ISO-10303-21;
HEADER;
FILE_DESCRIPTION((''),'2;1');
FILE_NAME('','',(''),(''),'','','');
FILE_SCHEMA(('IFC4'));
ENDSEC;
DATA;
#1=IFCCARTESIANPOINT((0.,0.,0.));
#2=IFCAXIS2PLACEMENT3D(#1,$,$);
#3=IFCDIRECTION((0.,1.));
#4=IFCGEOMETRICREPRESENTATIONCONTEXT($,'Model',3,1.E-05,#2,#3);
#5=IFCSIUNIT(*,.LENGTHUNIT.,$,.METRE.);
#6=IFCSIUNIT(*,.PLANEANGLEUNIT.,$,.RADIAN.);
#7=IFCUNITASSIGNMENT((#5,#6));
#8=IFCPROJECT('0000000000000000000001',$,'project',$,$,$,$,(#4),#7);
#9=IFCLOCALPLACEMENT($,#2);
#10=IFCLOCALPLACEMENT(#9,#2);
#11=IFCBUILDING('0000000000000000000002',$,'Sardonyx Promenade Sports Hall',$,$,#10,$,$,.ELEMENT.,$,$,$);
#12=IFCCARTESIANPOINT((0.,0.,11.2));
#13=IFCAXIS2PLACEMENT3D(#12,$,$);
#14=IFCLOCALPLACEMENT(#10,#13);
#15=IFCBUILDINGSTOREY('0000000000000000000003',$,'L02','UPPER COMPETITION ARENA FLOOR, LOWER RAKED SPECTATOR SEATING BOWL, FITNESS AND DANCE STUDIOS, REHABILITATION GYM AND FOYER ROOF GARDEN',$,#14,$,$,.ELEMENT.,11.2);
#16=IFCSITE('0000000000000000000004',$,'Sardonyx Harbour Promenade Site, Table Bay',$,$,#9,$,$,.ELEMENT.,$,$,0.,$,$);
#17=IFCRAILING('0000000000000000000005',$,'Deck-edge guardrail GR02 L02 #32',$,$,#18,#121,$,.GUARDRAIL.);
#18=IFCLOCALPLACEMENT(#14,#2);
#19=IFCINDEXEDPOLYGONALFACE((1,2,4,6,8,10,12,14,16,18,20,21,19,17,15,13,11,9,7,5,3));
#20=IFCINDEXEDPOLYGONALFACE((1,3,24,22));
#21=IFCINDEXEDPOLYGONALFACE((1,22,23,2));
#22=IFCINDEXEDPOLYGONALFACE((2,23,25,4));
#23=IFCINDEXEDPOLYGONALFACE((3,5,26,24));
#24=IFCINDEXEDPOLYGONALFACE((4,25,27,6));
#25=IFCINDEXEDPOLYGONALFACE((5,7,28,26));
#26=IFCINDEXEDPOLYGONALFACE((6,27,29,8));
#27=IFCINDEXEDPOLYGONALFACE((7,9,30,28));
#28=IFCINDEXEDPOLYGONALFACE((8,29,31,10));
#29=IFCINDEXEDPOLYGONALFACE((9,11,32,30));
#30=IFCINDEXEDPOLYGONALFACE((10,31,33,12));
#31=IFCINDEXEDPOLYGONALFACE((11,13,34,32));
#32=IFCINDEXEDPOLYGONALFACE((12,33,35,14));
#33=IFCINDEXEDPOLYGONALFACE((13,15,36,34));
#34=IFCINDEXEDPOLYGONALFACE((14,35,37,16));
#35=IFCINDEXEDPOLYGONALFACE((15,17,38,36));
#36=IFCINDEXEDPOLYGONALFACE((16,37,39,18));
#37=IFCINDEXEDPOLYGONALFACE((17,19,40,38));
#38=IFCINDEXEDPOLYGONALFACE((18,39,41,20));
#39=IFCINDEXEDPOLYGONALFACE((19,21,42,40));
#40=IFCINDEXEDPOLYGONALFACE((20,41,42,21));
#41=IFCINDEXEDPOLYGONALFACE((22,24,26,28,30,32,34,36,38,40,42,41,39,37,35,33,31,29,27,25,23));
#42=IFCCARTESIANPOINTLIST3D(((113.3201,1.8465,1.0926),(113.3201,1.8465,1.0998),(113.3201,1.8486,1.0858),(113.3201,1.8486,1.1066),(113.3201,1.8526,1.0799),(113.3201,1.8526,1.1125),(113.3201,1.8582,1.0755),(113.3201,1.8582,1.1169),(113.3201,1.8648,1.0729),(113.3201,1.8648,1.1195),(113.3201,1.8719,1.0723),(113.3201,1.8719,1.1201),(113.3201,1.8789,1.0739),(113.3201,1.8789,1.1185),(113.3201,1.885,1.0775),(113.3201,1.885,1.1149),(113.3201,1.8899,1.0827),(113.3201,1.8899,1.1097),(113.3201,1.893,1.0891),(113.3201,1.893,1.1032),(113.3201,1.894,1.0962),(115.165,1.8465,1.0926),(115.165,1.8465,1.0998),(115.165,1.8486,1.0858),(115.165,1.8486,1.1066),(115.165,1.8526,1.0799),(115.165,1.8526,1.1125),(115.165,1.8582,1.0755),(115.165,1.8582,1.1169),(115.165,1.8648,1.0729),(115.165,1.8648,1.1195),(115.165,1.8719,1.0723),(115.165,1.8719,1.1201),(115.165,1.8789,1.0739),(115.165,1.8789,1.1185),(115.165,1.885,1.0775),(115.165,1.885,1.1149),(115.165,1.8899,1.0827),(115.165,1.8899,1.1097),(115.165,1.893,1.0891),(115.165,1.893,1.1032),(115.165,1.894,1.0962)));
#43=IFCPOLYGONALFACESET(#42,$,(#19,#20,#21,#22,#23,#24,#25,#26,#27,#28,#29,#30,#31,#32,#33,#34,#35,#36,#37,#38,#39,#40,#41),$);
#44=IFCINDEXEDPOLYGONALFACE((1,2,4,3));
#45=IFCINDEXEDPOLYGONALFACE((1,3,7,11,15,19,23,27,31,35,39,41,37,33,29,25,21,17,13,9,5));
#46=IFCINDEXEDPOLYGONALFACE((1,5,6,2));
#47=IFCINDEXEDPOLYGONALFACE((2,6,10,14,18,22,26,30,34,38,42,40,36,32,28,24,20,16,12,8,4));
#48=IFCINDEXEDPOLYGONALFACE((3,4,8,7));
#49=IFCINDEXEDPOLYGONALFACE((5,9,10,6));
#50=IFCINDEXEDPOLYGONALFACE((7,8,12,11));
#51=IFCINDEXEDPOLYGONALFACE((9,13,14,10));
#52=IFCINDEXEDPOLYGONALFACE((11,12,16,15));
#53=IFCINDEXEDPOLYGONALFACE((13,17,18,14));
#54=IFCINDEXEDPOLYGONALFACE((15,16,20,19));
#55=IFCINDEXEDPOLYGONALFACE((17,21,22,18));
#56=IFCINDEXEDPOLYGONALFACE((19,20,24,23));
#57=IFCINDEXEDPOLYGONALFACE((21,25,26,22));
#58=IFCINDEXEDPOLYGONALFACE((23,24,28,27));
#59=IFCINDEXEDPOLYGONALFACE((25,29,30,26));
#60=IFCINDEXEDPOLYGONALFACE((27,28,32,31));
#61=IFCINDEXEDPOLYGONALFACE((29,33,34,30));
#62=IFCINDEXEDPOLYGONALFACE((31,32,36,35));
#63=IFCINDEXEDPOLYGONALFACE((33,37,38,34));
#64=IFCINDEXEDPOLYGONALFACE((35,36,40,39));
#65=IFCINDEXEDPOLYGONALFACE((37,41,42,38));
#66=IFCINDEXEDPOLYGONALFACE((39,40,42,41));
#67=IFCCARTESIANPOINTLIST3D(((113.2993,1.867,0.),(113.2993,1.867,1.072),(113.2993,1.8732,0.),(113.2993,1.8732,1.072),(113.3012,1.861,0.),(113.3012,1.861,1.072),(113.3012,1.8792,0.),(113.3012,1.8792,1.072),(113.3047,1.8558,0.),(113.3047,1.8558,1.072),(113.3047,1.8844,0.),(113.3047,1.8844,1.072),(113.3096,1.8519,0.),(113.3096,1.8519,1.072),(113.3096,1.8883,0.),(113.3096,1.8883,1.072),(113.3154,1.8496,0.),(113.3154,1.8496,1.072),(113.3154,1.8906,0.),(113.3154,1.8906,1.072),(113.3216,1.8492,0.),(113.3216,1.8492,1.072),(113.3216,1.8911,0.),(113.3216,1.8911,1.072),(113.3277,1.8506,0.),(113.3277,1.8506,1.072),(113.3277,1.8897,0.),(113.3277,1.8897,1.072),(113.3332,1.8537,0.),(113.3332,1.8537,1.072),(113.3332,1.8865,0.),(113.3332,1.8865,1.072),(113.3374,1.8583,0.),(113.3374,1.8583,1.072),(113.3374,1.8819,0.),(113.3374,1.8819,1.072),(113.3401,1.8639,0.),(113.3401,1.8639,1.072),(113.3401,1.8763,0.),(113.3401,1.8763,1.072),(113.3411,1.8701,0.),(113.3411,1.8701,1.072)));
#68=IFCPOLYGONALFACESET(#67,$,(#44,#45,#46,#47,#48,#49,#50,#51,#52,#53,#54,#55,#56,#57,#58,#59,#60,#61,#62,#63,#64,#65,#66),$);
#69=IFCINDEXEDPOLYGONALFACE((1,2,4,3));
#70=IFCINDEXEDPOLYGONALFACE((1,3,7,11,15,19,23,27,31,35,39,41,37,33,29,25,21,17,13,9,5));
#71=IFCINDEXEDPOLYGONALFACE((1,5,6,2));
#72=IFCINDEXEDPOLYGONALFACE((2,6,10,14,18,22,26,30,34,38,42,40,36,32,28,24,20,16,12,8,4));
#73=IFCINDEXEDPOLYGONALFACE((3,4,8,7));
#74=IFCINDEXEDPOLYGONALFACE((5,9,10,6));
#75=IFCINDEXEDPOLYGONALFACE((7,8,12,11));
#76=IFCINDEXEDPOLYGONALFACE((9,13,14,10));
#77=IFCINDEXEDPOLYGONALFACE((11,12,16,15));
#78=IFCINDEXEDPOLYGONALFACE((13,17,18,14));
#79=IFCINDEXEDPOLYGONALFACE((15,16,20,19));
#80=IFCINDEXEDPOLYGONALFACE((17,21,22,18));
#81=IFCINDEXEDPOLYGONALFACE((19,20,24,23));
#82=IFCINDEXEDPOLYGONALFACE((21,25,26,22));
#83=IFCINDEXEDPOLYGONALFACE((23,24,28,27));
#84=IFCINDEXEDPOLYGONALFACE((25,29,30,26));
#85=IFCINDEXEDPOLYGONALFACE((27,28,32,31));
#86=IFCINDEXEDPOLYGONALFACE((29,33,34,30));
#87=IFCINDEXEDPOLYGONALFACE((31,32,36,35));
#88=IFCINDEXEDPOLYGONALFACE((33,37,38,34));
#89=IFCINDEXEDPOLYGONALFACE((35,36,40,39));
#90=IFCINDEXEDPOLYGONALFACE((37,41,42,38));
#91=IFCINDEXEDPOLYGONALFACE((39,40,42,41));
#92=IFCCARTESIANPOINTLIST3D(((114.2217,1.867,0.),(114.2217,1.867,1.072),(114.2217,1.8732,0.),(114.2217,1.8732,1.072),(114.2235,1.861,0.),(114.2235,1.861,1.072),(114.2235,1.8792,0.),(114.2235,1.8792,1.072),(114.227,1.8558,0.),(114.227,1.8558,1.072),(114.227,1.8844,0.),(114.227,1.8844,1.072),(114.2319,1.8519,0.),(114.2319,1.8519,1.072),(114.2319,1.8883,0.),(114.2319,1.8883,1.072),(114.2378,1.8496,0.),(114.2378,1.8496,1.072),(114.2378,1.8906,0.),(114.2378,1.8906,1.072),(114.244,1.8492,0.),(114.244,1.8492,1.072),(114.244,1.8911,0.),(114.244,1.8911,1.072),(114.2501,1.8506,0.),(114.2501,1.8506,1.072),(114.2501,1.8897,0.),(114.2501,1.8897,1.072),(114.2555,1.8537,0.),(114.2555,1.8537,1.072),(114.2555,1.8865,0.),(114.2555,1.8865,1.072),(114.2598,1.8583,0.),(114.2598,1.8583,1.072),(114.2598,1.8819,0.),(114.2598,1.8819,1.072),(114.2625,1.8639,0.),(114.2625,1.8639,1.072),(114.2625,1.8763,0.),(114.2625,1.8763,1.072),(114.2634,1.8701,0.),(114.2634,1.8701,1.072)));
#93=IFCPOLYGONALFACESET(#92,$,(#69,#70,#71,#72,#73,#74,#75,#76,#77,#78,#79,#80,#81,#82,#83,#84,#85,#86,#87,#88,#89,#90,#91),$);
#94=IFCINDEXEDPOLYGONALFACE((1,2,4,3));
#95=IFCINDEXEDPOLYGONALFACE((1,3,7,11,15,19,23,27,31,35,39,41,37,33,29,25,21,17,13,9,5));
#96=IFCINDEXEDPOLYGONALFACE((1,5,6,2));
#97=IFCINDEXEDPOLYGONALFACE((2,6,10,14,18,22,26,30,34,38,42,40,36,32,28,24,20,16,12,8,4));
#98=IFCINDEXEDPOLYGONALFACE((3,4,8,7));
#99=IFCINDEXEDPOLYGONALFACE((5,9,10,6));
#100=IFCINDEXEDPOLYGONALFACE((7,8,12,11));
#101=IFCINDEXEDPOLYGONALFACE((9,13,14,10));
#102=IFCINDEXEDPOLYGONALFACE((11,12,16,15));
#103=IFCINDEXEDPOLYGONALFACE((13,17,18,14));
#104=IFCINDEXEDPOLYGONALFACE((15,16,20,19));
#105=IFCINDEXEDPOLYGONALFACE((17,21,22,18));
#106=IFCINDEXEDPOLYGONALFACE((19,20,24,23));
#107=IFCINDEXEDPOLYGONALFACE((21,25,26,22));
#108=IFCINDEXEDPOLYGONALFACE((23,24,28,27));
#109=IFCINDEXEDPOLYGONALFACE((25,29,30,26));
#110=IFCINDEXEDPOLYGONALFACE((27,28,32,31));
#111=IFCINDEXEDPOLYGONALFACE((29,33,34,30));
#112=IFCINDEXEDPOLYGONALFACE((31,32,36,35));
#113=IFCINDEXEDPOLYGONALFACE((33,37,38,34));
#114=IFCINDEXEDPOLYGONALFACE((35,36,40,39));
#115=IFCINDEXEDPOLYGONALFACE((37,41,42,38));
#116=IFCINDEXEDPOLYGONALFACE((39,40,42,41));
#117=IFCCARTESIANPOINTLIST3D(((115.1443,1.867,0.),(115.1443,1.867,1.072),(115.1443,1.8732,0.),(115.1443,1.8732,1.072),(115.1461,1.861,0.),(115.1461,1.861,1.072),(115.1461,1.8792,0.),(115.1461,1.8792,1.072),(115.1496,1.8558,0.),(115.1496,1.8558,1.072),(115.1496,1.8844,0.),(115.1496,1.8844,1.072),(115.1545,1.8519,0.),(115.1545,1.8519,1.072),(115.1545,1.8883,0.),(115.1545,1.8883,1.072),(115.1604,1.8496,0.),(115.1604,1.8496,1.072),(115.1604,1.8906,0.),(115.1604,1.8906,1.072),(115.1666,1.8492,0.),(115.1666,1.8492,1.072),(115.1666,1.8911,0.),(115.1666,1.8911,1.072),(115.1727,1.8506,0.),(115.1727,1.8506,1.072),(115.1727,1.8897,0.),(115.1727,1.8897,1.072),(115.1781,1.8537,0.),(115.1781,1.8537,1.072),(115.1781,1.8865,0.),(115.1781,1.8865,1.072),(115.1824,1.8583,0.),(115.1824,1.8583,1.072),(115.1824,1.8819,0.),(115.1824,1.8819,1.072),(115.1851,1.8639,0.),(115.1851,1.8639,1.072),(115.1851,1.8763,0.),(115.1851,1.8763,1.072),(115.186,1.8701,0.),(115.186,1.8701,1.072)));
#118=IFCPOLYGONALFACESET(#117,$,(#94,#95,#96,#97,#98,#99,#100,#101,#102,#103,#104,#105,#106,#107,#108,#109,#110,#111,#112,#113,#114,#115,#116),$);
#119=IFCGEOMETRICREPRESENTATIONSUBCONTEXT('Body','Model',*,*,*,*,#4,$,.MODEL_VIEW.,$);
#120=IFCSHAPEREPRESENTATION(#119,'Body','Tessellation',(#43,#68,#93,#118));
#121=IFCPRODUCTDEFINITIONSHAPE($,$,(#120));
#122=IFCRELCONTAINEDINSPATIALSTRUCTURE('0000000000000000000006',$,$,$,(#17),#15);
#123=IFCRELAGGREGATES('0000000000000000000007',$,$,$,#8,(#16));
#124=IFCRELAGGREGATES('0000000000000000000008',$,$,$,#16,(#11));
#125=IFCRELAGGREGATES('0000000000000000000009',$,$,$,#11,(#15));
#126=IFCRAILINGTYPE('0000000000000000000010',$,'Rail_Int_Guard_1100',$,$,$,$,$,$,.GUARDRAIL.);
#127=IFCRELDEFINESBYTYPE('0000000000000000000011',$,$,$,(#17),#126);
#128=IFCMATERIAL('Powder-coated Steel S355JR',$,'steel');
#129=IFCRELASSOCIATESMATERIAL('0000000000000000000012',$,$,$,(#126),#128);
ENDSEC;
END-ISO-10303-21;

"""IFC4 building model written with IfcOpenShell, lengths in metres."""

from ifc_helpers import new_model, si_unit, direction, frame, origin, origin_2d, place, context, subcontext, project, spatial, circle, extrude, material, type_object, element, save


model = new_model("IFC4")

# Units and contexts
model_context = context("Model", 3, precision=1e-05, world=origin(), true_north=direction((0.0, 1.0)))
body_context = subcontext(model_context, "Body", "Model", "MODEL_VIEW")
ifc_project = project(units=[si_unit("LENGTHUNIT", "METRE"), si_unit("PLANEANGLEUNIT", "RADIAN")], contexts=[model_context])

# Site, building, storey
site_placement = place(None, origin())
site = spatial("IfcSite", under=ifc_project, at=site_placement, Name="Sardonyx Harbour Promenade Site, Table Bay", CompositionType="ELEMENT", RefElevation=0.0)
building_placement = place(site_placement, origin())
building = spatial("IfcBuilding", under=site, at=building_placement, Name="Sardonyx Promenade Sports Hall", CompositionType="ELEMENT")
storey_placement = place(building_placement, frame((0.0, 0.0, 11.2)))
storey = spatial("IfcBuildingStorey", under=building, at=storey_placement, Name="L02", Description="UPPER COMPETITION ARENA FLOOR, LOWER RAKED SPECTATOR SEATING BOWL, FITNESS AND DANCE STUDIOS, REHABILITATION GYM AND FOYER ROOF GARDEN", CompositionType="ELEMENT", Elevation=11.2)

# Railing
ifc_material_1 = material(Name="Powder-coated Steel S355JR", Category="steel")
railing_type = type_object("IfcRailingType", Name="Rail_Int_Guard_1100", PredefinedType="GUARDRAIL", material=ifc_material_1)
railing_placement = place(storey_placement, frame((113.3201, 1.8701, 0.0)))
element("IfcRailing", 1, at=railing_placement, inside=storey, type_object=railing_type, Name="Deck-edge guardrail GR02 L02 #32", PredefinedType="GUARDRAIL", context=body_context, shape_type="SweptSolid", body=[
    extrude(circle(Radius=0.0239, at=origin_2d()), frame((0.0, 0.0, 1.0962), z_axis=(1.0, 0.0, 0.0), x_axis=(0.0, 1.0, 0.0)), (0.0, 0.0, 1.0), 1.845),
    extrude(circle(Radius=0.021, at=origin_2d()), origin(), (0.0, 0.0, 1.0), 1.072),
    extrude(circle(Radius=0.021, at=origin_2d()), frame((0.9224, 0.0, 0.0)), (0.0, 0.0, 1.0), 1.072),
    extrude(circle(Radius=0.021, at=origin_2d()), frame((1.845, 0.0, 0.0)), (0.0, 0.0, 1.0), 1.072),
])

save(model, "model.ifc")
